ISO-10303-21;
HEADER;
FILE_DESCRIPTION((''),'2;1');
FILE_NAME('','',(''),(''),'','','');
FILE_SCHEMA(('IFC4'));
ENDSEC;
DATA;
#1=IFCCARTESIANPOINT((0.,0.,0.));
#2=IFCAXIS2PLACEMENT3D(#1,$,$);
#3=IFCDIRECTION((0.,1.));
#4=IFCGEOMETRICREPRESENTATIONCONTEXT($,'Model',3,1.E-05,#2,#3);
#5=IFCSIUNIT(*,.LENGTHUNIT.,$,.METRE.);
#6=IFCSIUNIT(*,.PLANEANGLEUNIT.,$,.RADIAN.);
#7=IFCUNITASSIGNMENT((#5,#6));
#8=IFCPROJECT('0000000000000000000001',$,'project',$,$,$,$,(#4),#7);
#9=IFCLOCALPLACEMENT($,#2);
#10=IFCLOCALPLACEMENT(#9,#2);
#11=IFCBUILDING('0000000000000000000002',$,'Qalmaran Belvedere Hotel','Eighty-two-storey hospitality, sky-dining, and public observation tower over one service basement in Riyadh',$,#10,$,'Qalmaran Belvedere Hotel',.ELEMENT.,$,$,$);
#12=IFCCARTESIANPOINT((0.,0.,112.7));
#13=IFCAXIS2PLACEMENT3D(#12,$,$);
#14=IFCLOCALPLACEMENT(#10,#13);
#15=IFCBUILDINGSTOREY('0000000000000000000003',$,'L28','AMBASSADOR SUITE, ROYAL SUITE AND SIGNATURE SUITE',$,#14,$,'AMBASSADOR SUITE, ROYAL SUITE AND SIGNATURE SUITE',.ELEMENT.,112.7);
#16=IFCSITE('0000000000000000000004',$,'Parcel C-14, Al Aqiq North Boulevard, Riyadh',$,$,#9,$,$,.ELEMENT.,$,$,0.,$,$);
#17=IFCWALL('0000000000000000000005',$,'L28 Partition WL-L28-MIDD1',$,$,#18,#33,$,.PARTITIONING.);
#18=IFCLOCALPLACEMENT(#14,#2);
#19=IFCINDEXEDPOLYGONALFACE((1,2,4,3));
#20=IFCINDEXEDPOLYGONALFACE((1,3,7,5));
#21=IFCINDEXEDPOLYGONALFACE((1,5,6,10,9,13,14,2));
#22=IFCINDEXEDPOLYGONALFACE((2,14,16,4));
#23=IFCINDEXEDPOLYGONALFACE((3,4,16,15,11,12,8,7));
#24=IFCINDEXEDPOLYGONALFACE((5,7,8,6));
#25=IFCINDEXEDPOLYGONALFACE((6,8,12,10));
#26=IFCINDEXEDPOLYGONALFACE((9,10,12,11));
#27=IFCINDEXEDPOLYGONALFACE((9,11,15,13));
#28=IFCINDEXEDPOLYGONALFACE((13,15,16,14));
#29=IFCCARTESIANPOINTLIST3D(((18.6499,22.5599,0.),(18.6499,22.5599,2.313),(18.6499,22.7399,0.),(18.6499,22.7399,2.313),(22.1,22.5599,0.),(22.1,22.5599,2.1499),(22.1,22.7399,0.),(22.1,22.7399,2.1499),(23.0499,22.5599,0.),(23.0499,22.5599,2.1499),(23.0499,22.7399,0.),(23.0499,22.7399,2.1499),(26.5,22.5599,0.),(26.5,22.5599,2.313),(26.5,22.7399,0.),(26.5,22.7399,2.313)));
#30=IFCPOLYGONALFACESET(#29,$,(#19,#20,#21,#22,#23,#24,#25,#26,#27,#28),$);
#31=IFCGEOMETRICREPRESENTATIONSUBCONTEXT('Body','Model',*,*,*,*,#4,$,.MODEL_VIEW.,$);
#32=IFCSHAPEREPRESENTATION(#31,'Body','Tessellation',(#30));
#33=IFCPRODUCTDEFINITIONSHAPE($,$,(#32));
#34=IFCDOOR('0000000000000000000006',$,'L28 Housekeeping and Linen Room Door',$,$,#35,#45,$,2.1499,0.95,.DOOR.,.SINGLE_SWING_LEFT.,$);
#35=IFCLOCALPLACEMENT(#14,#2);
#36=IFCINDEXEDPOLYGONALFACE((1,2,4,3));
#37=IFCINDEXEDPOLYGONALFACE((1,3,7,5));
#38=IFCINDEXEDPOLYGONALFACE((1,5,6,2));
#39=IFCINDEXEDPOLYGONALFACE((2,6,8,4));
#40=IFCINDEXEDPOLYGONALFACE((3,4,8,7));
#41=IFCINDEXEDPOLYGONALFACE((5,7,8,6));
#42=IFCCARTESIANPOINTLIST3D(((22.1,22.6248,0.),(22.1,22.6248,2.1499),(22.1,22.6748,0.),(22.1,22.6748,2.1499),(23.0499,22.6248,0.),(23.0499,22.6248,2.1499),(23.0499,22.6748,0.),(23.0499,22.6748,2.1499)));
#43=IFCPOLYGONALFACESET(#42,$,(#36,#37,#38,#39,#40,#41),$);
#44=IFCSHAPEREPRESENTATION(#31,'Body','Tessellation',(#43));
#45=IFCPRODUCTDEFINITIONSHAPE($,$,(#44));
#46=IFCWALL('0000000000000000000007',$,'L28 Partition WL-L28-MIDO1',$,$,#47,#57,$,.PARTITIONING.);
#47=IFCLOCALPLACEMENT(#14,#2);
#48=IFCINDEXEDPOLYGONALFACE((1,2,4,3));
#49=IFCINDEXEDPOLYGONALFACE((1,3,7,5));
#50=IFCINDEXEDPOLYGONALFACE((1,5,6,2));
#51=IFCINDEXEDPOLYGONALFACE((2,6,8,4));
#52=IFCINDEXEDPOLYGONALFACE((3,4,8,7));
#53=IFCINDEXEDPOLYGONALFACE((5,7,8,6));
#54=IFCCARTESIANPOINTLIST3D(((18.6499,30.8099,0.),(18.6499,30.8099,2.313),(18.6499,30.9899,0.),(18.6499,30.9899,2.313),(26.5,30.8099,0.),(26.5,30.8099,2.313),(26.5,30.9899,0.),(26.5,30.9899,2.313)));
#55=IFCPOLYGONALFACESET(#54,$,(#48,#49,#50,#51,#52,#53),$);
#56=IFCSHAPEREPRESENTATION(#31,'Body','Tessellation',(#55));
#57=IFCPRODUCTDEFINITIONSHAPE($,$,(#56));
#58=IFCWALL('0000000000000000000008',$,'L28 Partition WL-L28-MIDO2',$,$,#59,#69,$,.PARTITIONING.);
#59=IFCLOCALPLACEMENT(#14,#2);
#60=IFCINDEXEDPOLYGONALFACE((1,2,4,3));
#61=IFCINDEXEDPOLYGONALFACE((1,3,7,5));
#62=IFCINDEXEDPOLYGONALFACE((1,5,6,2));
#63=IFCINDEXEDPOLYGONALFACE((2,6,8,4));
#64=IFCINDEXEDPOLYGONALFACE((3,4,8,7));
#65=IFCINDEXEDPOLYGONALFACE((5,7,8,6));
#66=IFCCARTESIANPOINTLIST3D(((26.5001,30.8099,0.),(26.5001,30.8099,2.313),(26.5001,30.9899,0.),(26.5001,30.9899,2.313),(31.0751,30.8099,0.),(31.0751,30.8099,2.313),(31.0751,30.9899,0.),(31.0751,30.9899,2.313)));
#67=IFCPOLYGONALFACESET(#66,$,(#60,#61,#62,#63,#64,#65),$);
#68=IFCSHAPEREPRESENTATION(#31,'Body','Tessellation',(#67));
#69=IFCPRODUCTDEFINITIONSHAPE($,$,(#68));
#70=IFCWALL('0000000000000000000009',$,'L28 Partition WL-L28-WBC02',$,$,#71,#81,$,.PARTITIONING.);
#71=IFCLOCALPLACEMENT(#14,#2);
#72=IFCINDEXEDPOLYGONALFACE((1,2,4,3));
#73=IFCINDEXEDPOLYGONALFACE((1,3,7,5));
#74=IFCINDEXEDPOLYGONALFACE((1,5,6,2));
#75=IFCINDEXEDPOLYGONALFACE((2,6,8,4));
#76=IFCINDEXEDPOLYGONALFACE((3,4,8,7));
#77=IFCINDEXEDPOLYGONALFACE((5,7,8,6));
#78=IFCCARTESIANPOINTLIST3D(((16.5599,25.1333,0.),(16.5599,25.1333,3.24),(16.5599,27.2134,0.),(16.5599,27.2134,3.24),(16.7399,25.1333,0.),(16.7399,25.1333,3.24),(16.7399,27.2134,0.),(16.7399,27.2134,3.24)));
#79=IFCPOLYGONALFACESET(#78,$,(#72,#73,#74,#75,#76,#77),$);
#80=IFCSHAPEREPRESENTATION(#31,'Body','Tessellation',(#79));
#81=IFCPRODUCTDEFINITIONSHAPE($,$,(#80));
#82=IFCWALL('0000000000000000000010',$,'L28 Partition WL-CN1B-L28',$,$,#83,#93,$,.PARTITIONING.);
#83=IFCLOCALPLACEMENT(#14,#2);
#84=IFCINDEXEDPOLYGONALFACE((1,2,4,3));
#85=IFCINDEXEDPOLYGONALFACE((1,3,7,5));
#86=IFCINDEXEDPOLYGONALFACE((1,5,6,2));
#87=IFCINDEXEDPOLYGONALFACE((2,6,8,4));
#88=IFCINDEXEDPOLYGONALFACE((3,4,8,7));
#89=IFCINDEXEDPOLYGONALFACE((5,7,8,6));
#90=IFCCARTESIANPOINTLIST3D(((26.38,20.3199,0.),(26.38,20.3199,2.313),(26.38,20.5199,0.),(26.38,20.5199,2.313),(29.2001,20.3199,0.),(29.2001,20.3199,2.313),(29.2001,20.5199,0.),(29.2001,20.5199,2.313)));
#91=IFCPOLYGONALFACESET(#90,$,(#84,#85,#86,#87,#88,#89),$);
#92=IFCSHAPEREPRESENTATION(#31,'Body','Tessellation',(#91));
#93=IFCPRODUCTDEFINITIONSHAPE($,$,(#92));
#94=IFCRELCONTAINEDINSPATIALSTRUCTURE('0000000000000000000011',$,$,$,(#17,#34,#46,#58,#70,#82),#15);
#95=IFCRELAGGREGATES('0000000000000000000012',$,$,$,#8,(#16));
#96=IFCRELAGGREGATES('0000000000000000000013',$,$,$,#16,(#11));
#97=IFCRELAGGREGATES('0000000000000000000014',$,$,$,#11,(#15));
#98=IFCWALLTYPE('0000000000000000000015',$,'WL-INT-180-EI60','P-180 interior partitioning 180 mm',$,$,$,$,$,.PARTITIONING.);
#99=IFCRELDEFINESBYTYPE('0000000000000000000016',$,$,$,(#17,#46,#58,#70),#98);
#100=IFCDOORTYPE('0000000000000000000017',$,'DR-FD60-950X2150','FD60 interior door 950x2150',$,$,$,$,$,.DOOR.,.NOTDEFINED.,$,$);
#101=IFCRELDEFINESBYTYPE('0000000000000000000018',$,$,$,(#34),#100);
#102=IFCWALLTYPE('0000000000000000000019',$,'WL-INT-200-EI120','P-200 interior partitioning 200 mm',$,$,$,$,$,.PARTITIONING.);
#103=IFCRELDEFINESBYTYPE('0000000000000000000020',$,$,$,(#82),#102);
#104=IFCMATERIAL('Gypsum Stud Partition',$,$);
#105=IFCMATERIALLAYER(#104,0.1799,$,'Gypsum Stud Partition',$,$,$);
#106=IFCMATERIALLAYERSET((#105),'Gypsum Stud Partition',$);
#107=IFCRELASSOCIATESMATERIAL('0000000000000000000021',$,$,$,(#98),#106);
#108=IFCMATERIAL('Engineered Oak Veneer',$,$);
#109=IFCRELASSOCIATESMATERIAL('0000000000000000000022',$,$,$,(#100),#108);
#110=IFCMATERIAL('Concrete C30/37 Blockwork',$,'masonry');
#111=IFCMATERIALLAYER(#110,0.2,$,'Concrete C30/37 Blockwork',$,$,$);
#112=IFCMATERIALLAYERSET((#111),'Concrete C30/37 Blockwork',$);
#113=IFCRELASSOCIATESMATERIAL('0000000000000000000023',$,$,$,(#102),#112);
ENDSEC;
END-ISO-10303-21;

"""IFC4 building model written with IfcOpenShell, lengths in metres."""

from ifc_helpers import new_model, si_unit, direction, frame, frame_2d, origin, place, context, subcontext, project, spatial, rectangle, extrude, material, layer, layer_set, type_object, element, fill, save


model = new_model("IFC4")

# Units and contexts
model_context = context("Model", 3, precision=1e-05, world=origin(), true_north=direction((0.0, 1.0)))
body_context = subcontext(model_context, "Body", "Model", "MODEL_VIEW")
ifc_project = project(units=[si_unit("LENGTHUNIT", "METRE"), si_unit("PLANEANGLEUNIT", "RADIAN")], contexts=[model_context])

# Site, building, storey
site_placement = place(None, origin())
site = spatial("IfcSite", under=ifc_project, at=site_placement, Name="Parcel C-14, Al Aqiq North Boulevard, Riyadh", CompositionType="ELEMENT", RefElevation=0.0)
building_placement = place(site_placement, origin())
building = spatial("IfcBuilding", under=site, at=building_placement, Name="Qalmaran Belvedere Hotel", Description="Eighty-two-storey hospitality, sky-dining, and public observation tower over one service basement in Riyadh", LongName="Qalmaran Belvedere Hotel", CompositionType="ELEMENT")
storey_placement = place(building_placement, frame((0.0, 0.0, 112.7)))
storey = spatial("IfcBuildingStorey", under=building, at=storey_placement, Name="L28", Description="AMBASSADOR SUITE, ROYAL SUITE AND SIGNATURE SUITE", LongName="AMBASSADOR SUITE, ROYAL SUITE AND SIGNATURE SUITE", CompositionType="ELEMENT", Elevation=112.7)

# Shared definitions
ifc_material_1 = material(Name="Gypsum Stud Partition")

# Wall, opening, door
ifc_layer_1 = layer(ifc_material_1, 0.1799, Name="Gypsum Stud Partition")
ifc_layer_set_1 = layer_set([ifc_layer_1], Name="Gypsum Stud Partition")
wall_type_1 = type_object("IfcWallType", Name="WL-INT-180-EI60", Description="P-180 interior partitioning 180 mm", PredefinedType="PARTITIONING", material=ifc_layer_set_1)
wall_1_placement = place(storey_placement, frame((18.6499, 22.6499, 0.0), z_axis=(0.0, 0.0, 1.0), x_axis=(1.0, 0.0, 0.0)))
wall_1 = element("IfcWall", 1, at=wall_1_placement, inside=storey, type_object=wall_type_1, Name="L28 Partition WL-L28-MIDD1", PredefinedType="PARTITIONING", context=body_context, shape_type="SweptSolid", body=[
    extrude(rectangle(XDim=7.8501, YDim=0.1799, at=frame_2d((3.925, 0.0))), origin(), (0.0, 0.0, 1.0), 2.313),
])
opening_1_placement = place(wall_1_placement, frame((3.45, 0.0, 0.0)))
opening_1 = element("IfcOpeningElement", 2, at=opening_1_placement, cuts=wall_1, PredefinedType="OPENING", context=body_context, shape_type="SweptSolid", body=[
    extrude(rectangle(XDim=0.95, YDim=2.1499, at=frame_2d((0.4751, 1.075))), frame((0.0, 0.1001, 0.0), z_axis=(0.0, -1.0, 0.0), x_axis=(1.0, 0.0, 0.0)), (0.0, 0.0, 1.0), 0.2),
])
ifc_material_2 = material(Name="Engineered Oak Veneer")
door_type_1 = type_object("IfcDoorType", Name="DR-FD60-950X2150", Description="FD60 interior door 950x2150", OperationType="NOTDEFINED", PredefinedType="DOOR", material=ifc_material_2)
door_1_placement = place(opening_1_placement, origin())
door_1 = element("IfcDoor", 3, at=door_1_placement, inside=storey, type_object=door_type_1, Name="L28 Housekeeping and Linen Room Door", OperationType="SINGLE_SWING_LEFT", OverallHeight=2.1499, OverallWidth=0.95, PredefinedType="DOOR", context=body_context, shape_type="SweptSolid", body=[
    extrude(rectangle(XDim=0.95, YDim=2.1499, at=frame_2d((0.4751, 1.075))), frame((0.0, 0.0249, 0.0), z_axis=(0.0, -1.0, 0.0), x_axis=(1.0, 0.0, 0.0)), (0.0, 0.0, 1.0), 0.05),
])
fill(opening_1, door_1)

# Wall
wall_2_placement = place(storey_placement, frame((18.6499, 30.8999, 0.0), z_axis=(0.0, 0.0, 1.0), x_axis=(1.0, 0.0, 0.0)))
element("IfcWall", 4, at=wall_2_placement, inside=storey, type_object=wall_type_1, Name="L28 Partition WL-L28-MIDO1", PredefinedType="PARTITIONING", context=body_context, shape_type="SweptSolid", body=[
    extrude(rectangle(XDim=7.8501, YDim=0.1799, at=frame_2d((3.925, 0.0))), origin(), (0.0, 0.0, 1.0), 2.313),
])

# Wall
wall_3_placement = place(storey_placement, frame((26.5, 30.8999, 0.0), z_axis=(0.0, 0.0, 1.0), x_axis=(1.0, 0.0, 0.0)))
element("IfcWall", 5, at=wall_3_placement, inside=storey, type_object=wall_type_1, Name="L28 Partition WL-L28-MIDO2", PredefinedType="PARTITIONING", context=body_context, shape_type="SweptSolid", body=[
    extrude(rectangle(XDim=4.575, YDim=0.1799, at=frame_2d((2.2876, 0.0))), origin(), (0.0, 0.0, 1.0), 2.313),
])

# Wall
wall_4_placement = place(storey_placement, frame((16.6499, 25.1333, 0.0), z_axis=(0.0, 0.0, 1.0), x_axis=(0.0, 1.0, 0.0)))
element("IfcWall", 6, at=wall_4_placement, inside=storey, type_object=wall_type_1, Name="L28 Partition WL-L28-WBC02", PredefinedType="PARTITIONING", context=body_context, shape_type="SweptSolid", body=[
    extrude(rectangle(XDim=2.0801, YDim=0.1799, at=frame_2d((1.04, 0.0))), origin(), (0.0, 0.0, 1.0), 3.24),
])

# Wall
ifc_material_3 = material(Name="Concrete C30/37 Blockwork", Category="masonry")
ifc_layer_2 = layer(ifc_material_3, 0.2, Name="Concrete C30/37 Blockwork")
ifc_layer_set_2 = layer_set([ifc_layer_2], Name="Concrete C30/37 Blockwork")
wall_type_2 = type_object("IfcWallType", Name="WL-INT-200-EI120", Description="P-200 interior partitioning 200 mm", PredefinedType="PARTITIONING", material=ifc_layer_set_2)
wall_5_placement = place(storey_placement, frame((26.3799, 20.4199, 0.0), z_axis=(0.0, 0.0, 1.0), x_axis=(1.0, 0.0, 0.0)))
element("IfcWall", 7, at=wall_5_placement, inside=storey, type_object=wall_type_2, Name="L28 Partition WL-CN1B-L28", PredefinedType="PARTITIONING", context=body_context, shape_type="SweptSolid", body=[
    extrude(rectangle(XDim=2.8201, YDim=0.2, at=frame_2d((1.4102, 0.0))), origin(), (0.0, 0.0, 1.0), 2.313),
])

save(model, "model.ifc")
